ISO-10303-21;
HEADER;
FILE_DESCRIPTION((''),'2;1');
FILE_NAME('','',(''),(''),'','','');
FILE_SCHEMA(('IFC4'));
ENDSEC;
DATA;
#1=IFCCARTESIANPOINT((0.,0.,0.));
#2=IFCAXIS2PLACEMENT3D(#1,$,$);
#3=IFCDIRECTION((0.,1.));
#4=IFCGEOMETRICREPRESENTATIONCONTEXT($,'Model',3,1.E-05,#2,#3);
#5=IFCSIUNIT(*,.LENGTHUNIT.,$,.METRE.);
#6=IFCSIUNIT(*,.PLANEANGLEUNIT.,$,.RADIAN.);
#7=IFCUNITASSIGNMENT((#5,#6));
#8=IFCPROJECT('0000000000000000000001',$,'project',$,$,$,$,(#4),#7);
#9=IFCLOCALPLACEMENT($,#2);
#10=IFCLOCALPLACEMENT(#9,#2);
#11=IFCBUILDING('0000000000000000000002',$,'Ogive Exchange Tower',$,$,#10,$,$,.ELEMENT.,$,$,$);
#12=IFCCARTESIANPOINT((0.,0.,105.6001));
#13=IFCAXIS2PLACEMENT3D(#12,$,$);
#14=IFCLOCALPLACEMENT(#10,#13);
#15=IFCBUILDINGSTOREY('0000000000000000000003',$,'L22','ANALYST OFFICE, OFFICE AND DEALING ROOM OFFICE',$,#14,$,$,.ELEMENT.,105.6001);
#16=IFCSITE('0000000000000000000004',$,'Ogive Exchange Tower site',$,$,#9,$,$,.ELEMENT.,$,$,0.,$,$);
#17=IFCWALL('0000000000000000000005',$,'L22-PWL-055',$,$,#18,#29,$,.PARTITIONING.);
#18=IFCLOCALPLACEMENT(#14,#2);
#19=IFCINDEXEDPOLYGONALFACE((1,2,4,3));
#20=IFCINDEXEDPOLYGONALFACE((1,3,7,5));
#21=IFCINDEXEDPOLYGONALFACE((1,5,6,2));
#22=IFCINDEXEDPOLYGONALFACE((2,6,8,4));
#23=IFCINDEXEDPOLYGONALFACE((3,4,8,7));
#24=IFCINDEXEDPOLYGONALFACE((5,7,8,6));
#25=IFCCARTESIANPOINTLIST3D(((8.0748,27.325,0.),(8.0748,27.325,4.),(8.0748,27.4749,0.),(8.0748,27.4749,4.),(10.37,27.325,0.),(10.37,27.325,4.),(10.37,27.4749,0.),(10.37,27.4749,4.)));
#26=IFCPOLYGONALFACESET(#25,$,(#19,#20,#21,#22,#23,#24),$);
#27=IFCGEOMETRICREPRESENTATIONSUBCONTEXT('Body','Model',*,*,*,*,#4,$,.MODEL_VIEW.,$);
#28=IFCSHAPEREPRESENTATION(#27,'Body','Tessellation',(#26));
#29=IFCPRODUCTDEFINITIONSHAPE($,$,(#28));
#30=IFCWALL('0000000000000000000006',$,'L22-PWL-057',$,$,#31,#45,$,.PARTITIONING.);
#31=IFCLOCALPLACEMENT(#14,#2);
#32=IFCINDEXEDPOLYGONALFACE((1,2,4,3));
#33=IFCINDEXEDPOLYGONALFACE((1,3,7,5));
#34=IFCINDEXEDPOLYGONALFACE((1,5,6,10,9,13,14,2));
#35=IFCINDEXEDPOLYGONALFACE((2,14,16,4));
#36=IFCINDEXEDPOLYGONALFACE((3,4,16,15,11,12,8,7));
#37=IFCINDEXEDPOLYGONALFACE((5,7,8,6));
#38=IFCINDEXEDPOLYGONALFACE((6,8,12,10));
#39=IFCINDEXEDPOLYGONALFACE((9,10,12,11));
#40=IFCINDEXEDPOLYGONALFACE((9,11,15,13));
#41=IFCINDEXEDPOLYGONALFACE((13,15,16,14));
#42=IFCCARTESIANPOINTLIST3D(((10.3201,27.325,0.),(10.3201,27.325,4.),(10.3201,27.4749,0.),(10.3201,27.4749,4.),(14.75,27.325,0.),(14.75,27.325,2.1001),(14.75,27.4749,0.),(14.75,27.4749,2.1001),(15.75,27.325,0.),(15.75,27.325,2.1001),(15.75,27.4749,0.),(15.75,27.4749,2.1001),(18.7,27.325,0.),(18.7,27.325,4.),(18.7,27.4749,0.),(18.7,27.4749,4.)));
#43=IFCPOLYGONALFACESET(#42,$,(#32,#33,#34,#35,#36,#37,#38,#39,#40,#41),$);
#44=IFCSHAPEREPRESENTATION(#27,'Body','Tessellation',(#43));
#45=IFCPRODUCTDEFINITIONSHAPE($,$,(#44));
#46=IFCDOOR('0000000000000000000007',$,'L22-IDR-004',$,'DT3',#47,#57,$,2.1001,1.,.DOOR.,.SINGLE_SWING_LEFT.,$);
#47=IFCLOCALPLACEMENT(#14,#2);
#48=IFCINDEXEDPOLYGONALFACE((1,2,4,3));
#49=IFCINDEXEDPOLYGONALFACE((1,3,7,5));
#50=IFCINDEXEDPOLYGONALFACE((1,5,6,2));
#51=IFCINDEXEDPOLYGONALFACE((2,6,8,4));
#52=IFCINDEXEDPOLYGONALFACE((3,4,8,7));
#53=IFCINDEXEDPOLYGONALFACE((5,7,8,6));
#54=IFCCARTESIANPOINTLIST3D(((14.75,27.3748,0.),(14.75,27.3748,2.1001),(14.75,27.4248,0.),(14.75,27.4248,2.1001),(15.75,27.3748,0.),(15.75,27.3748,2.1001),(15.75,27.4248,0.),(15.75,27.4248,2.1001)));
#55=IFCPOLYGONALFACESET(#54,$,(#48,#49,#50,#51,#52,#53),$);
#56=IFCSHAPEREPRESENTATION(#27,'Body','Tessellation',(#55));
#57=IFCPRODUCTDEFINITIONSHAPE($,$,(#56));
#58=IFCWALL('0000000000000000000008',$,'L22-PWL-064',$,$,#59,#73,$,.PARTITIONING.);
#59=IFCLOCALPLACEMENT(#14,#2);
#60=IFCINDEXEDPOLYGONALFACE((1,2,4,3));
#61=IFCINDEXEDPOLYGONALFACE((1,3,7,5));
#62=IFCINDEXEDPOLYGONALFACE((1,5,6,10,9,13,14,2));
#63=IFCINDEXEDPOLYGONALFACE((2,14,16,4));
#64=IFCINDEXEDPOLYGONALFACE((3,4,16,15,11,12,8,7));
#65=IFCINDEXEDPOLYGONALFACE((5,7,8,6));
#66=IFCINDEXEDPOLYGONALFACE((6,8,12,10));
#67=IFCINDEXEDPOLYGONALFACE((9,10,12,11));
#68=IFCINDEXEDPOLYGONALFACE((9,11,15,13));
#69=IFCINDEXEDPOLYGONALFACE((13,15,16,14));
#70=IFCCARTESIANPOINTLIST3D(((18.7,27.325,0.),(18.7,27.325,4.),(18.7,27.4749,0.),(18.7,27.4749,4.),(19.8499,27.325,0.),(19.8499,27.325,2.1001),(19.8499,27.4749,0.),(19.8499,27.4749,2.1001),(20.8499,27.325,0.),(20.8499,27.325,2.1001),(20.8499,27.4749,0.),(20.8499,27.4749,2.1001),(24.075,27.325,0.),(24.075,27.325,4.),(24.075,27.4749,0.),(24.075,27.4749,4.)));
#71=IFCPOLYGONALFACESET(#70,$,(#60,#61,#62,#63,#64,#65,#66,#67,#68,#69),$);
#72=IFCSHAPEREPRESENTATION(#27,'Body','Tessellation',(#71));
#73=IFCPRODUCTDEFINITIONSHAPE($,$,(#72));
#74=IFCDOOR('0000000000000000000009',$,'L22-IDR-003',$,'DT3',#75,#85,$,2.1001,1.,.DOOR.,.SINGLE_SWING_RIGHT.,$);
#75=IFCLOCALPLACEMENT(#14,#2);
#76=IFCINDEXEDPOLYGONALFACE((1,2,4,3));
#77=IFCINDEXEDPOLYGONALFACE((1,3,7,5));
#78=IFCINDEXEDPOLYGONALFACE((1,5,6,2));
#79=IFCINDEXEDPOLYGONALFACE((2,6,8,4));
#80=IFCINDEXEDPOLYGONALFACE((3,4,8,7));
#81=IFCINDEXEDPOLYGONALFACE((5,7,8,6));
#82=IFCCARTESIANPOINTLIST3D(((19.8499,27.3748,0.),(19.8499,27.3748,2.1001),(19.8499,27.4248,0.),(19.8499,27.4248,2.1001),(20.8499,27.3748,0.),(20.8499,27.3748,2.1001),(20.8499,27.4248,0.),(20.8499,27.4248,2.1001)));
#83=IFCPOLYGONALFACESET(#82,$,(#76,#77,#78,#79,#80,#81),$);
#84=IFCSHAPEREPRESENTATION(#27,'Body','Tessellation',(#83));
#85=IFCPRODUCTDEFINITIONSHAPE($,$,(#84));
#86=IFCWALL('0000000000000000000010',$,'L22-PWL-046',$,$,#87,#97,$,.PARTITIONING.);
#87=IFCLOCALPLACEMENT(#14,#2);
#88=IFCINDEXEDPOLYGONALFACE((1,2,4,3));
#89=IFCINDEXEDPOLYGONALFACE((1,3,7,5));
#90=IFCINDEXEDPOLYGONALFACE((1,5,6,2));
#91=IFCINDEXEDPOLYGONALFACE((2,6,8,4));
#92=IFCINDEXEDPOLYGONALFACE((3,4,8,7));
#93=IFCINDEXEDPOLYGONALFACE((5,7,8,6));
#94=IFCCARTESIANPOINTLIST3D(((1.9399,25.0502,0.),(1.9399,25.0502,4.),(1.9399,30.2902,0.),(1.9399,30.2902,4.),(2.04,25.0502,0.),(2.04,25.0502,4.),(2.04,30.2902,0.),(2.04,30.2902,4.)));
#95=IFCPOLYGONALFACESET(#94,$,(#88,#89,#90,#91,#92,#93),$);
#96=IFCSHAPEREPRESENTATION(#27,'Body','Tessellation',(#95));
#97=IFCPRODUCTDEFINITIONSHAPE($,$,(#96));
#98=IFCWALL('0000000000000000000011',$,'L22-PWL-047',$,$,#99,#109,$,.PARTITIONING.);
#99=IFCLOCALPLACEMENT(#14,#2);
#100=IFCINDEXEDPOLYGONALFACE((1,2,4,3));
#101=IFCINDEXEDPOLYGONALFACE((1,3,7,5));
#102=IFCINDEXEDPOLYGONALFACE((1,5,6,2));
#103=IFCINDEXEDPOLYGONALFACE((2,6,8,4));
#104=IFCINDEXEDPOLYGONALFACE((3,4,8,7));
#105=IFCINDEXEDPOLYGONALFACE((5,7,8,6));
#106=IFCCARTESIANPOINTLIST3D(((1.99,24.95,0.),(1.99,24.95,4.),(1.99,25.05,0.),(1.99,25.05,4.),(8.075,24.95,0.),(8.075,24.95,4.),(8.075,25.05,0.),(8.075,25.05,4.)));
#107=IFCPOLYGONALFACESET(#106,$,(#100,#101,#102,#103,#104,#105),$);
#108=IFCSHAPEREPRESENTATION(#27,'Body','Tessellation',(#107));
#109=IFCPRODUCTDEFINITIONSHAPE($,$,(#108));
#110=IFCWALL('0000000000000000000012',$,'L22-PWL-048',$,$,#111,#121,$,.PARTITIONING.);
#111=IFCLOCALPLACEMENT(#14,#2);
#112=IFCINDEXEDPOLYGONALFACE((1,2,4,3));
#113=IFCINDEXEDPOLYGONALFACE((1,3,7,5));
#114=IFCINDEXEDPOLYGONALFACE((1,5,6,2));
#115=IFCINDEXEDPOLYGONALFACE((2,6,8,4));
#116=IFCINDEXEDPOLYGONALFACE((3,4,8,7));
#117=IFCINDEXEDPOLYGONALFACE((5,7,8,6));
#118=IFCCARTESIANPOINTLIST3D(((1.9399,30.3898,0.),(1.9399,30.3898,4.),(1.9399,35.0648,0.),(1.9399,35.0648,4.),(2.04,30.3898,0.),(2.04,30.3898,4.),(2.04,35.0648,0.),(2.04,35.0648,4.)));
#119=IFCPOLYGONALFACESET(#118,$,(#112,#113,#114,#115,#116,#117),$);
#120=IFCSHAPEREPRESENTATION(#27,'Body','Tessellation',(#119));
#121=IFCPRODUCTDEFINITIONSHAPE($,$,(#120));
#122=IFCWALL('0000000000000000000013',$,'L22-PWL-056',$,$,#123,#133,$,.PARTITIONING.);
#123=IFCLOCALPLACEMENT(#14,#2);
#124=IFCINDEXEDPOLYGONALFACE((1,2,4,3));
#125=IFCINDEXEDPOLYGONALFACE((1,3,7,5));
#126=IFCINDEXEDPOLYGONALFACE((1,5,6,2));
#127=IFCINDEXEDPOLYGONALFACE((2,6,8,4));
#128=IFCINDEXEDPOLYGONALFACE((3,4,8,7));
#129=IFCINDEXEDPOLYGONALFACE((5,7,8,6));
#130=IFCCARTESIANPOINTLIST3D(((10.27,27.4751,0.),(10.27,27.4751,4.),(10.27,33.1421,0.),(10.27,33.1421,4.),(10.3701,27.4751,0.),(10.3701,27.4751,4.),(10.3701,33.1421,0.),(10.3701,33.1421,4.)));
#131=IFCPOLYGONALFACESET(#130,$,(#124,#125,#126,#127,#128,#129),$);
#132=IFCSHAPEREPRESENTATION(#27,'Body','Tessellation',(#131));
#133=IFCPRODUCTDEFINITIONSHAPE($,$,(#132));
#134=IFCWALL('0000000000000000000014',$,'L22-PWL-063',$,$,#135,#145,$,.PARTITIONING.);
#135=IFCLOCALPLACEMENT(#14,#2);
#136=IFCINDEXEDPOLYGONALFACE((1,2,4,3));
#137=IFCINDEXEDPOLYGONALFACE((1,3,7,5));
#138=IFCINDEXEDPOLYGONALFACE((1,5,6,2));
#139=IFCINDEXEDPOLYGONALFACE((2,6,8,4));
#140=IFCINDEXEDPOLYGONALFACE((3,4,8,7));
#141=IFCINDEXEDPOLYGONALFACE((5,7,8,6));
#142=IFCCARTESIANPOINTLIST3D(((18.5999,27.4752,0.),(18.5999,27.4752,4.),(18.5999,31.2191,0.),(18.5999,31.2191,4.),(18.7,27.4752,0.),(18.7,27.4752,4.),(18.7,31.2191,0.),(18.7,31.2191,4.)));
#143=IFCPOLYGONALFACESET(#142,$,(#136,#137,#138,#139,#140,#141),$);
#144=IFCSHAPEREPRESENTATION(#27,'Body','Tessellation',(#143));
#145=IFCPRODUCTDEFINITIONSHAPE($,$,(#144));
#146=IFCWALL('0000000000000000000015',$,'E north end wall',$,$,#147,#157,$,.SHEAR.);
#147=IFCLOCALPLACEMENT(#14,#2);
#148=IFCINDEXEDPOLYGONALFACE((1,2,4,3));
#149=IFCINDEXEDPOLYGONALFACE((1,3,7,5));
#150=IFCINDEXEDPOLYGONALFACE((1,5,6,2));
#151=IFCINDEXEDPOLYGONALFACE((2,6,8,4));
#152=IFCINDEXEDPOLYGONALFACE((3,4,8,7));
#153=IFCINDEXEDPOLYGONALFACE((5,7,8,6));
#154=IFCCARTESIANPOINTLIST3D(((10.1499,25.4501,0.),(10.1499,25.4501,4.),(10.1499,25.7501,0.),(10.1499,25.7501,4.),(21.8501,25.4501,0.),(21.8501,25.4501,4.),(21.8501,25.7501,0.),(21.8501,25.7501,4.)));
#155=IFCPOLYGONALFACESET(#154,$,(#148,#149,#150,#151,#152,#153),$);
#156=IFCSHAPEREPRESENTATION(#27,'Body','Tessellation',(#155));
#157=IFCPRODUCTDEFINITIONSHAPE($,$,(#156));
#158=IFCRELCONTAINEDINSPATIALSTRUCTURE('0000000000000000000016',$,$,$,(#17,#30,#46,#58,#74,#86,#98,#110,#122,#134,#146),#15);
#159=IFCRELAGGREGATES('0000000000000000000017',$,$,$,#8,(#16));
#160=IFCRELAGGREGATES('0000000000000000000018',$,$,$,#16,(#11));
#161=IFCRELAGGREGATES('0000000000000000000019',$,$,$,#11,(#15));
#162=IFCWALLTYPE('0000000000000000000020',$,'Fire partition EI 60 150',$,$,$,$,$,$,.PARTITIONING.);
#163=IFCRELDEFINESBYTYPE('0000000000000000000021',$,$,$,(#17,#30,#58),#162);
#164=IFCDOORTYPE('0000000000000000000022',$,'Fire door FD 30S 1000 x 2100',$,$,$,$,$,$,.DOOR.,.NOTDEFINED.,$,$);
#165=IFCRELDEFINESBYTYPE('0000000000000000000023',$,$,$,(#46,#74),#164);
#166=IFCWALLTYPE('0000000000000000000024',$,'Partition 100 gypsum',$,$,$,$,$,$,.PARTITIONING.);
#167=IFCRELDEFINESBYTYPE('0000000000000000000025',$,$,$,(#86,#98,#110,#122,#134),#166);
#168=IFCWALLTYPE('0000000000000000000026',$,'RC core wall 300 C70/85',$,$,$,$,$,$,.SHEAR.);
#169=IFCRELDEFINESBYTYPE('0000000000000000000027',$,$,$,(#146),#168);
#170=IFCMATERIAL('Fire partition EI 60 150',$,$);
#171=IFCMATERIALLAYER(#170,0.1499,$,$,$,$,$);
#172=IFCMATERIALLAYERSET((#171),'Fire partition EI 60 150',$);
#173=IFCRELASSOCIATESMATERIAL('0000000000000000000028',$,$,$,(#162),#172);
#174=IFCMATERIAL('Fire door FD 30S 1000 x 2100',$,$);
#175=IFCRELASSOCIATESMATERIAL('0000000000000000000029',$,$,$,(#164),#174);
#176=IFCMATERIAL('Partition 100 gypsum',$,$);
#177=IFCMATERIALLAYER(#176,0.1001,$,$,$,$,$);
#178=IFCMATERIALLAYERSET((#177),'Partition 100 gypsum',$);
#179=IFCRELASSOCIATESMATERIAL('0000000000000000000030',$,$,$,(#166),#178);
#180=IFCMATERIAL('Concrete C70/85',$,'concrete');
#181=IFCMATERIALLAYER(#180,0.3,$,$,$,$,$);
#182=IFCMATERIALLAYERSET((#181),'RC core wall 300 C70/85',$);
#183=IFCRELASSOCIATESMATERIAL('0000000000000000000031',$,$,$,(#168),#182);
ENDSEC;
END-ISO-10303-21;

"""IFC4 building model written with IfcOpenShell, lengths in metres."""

from ifc_helpers import new_model, si_unit, direction, frame, frame_2d, origin, place, context, subcontext, project, spatial, rectangle, extrude, material, layer, layer_set, type_object, element, fill, save


model = new_model("IFC4")

# Units and contexts
model_context = context("Model", 3, precision=1e-05, world=origin(), true_north=direction((0.0, 1.0)))
body_context = subcontext(model_context, "Body", "Model", "MODEL_VIEW")
ifc_project = project(units=[si_unit("LENGTHUNIT", "METRE"), si_unit("PLANEANGLEUNIT", "RADIAN")], contexts=[model_context])

# Site, building, storey
site_placement = place(None, origin())
site = spatial("IfcSite", under=ifc_project, at=site_placement, Name="Ogive Exchange Tower site", CompositionType="ELEMENT", RefElevation=0.0)
building_placement = place(site_placement, origin())
building = spatial("IfcBuilding", under=site, at=building_placement, Name="Ogive Exchange Tower", CompositionType="ELEMENT")
storey_placement = place(building_placement, frame((0.0, 0.0, 105.6001)))
storey = spatial("IfcBuildingStorey", under=building, at=storey_placement, Name="L22", Description="ANALYST OFFICE, OFFICE AND DEALING ROOM OFFICE", CompositionType="ELEMENT", Elevation=105.6001)

# Shared definitions
ifc_material_1 = material(Name="Fire partition EI 60 150")
ifc_layer_1 = layer(ifc_material_1, 0.1499)
ifc_layer_set_1 = layer_set([ifc_layer_1], Name="Fire partition EI 60 150")
wall_type_1 = type_object("IfcWallType", Name="Fire partition EI 60 150", PredefinedType="PARTITIONING", material=ifc_layer_set_1)
ifc_material_2 = material(Name="Fire door FD 30S 1000 x 2100")
door_type = type_object("IfcDoorType", Name="Fire door FD 30S 1000 x 2100", OperationType="NOTDEFINED", PredefinedType="DOOR", material=ifc_material_2)

# Wall
wall_1_placement = place(storey_placement, frame((8.075, 27.3999, 0.0), z_axis=(0.0, 0.0, 1.0), x_axis=(1.0, 0.0, 0.0)))
element("IfcWall", 1, at=wall_1_placement, inside=storey, type_object=wall_type_1, Name="L22-PWL-055", PredefinedType="PARTITIONING", context=body_context, shape_type="SweptSolid", body=[
    extrude(rectangle(XDim=2.2952, YDim=0.1499, at=frame_2d((1.1475, 0.0))), origin(), (0.0, 0.0, 1.0), 4.0),
])

# Walls, openings, doors
wall_2_placement = place(storey_placement, frame((10.3201, 27.3999, 0.0), z_axis=(0.0, 0.0, 1.0), x_axis=(1.0, 0.0, 0.0)))
wall_2 = element("IfcWall", 2, at=wall_2_placement, inside=storey, type_object=wall_type_1, Name="L22-PWL-057", PredefinedType="PARTITIONING", context=body_context, shape_type="SweptSolid", body=[
    extrude(rectangle(XDim=8.3799, YDim=0.1499, at=frame_2d((4.1899, 0.0))), origin(), (0.0, 0.0, 1.0), 4.0),
])
opening_1_placement = place(wall_2_placement, frame((4.4299, 0.0, 0.0)))
opening_1 = element("IfcOpeningElement", 3, at=opening_1_placement, cuts=wall_2, PredefinedType="OPENING", context=body_context, shape_type="SweptSolid", body=[
    extrude(rectangle(XDim=1.0, YDim=2.1001, at=frame_2d((0.5, 1.05))), frame((0.0, 0.085, 0.0), z_axis=(0.0, -1.0, 0.0), x_axis=(1.0, 0.0, 0.0)), (0.0, 0.0, 1.0), 0.1699),
])
door_1_placement = place(opening_1_placement, origin())
door_1 = element("IfcDoor", 4, at=door_1_placement, inside=storey, type_object=door_type, Name="L22-IDR-004", ObjectType="DT3", OperationType="SINGLE_SWING_LEFT", OverallHeight=2.1001, OverallWidth=1.0, PredefinedType="DOOR", context=body_context, shape_type="SweptSolid", body=[
    extrude(rectangle(XDim=1.0, YDim=2.1001, at=frame_2d((0.5, 1.05))), frame((0.0, 0.0249, 0.0), z_axis=(0.0, -1.0, 0.0), x_axis=(1.0, 0.0, 0.0)), (0.0, 0.0, 1.0), 0.05),
])
fill(opening_1, door_1)
wall_3_placement = place(storey_placement, frame((18.7, 27.3999, 0.0), z_axis=(0.0, 0.0, 1.0), x_axis=(1.0, 0.0, 0.0)))
wall_3 = element("IfcWall", 5, at=wall_3_placement, inside=storey, type_object=wall_type_1, Name="L22-PWL-064", PredefinedType="PARTITIONING", context=body_context, shape_type="SweptSolid", body=[
    extrude(rectangle(XDim=5.375, YDim=0.1499, at=frame_2d((2.6875, 0.0))), origin(), (0.0, 0.0, 1.0), 4.0),
])
opening_2_placement = place(wall_3_placement, frame((1.1499, 0.0, 0.0)))
opening_2 = element("IfcOpeningElement", 6, at=opening_2_placement, cuts=wall_3, PredefinedType="OPENING", context=body_context, shape_type="SweptSolid", body=[
    extrude(rectangle(XDim=1.0, YDim=2.1001, at=frame_2d((0.5, 1.05))), frame((0.0, 0.085, 0.0), z_axis=(0.0, -1.0, 0.0), x_axis=(1.0, 0.0, 0.0)), (0.0, 0.0, 1.0), 0.1699),
])
door_2_placement = place(opening_2_placement, origin())
door_2 = element("IfcDoor", 7, at=door_2_placement, inside=storey, type_object=door_type, Name="L22-IDR-003", ObjectType="DT3", OperationType="SINGLE_SWING_RIGHT", OverallHeight=2.1001, OverallWidth=1.0, PredefinedType="DOOR", context=body_context, shape_type="SweptSolid", body=[
    extrude(rectangle(XDim=1.0, YDim=2.1001, at=frame_2d((0.5, 1.05))), frame((0.0, 0.0249, 0.0), z_axis=(0.0, -1.0, 0.0), x_axis=(1.0, 0.0, 0.0)), (0.0, 0.0, 1.0), 0.05),
])
fill(opening_2, door_2)

# Walls
ifc_material_3 = material(Name="Partition 100 gypsum")
ifc_layer_2 = layer(ifc_material_3, 0.1001)
ifc_layer_set_2 = layer_set([ifc_layer_2], Name="Partition 100 gypsum")
wall_type_2 = type_object("IfcWallType", Name="Partition 100 gypsum", PredefinedType="PARTITIONING", material=ifc_layer_set_2)
wall_4_placement = place(storey_placement, frame((1.99, 25.05, 0.0), z_axis=(0.0, 0.0, 1.0), x_axis=(0.0, 1.0, 0.0)))
element("IfcWall", 8, at=wall_4_placement, inside=storey, type_object=wall_type_2, Name="L22-PWL-046", PredefinedType="PARTITIONING", context=body_context, shape_type="SweptSolid", body=[
    extrude(rectangle(XDim=5.24, YDim=0.1001, at=frame_2d((2.6201, 0.0))), origin(), (0.0, 0.0, 1.0), 4.0),
])
wall_5_placement = place(storey_placement, frame((1.99, 25.0, 0.0), z_axis=(0.0, 0.0, 1.0), x_axis=(1.0, 0.0, 0.0)))
element("IfcWall", 9, at=wall_5_placement, inside=storey, type_object=wall_type_2, Name="L22-PWL-047", PredefinedType="PARTITIONING", context=body_context, shape_type="SweptSolid", body=[
    extrude(rectangle(XDim=6.085, YDim=0.1001, at=frame_2d((3.0425, 0.0))), origin(), (0.0, 0.0, 1.0), 4.0),
])
wall_6_placement = place(storey_placement, frame((1.99, 30.3899, 0.0), z_axis=(0.0, 0.0, 1.0), x_axis=(0.0, 1.0, 0.0)))
element("IfcWall", 10, at=wall_6_placement, inside=storey, type_object=wall_type_2, Name="L22-PWL-048", PredefinedType="PARTITIONING", context=body_context, shape_type="SweptSolid", body=[
    extrude(rectangle(XDim=4.675, YDim=0.1001, at=frame_2d((2.3374, 0.0))), origin(), (0.0, 0.0, 1.0), 4.0),
])
wall_7_placement = place(storey_placement, frame((10.3201, 27.4751, 0.0), z_axis=(0.0, 0.0, 1.0), x_axis=(0.0, 1.0, 0.0)))
element("IfcWall", 11, at=wall_7_placement, inside=storey, type_object=wall_type_2, Name="L22-PWL-056", PredefinedType="PARTITIONING", context=body_context, shape_type="SweptSolid", body=[
    extrude(rectangle(XDim=5.667, YDim=0.1001, at=frame_2d((2.8335, 0.0))), origin(), (0.0, 0.0, 1.0), 4.0),
])
wall_8_placement = place(storey_placement, frame((18.6499, 27.4751, 0.0), z_axis=(0.0, 0.0, 1.0), x_axis=(0.0, 1.0, 0.0)))
element("IfcWall", 12, at=wall_8_placement, inside=storey, type_object=wall_type_2, Name="L22-PWL-063", PredefinedType="PARTITIONING", context=body_context, shape_type="SweptSolid", body=[
    extrude(rectangle(XDim=3.7439, YDim=0.1001, at=frame_2d((1.8721, 0.0))), origin(), (0.0, 0.0, 1.0), 4.0),
])
ifc_material_4 = material(Name="Concrete C70/85", Category="concrete")
ifc_layer_3 = layer(ifc_material_4, 0.3)
ifc_layer_set_3 = layer_set([ifc_layer_3], Name="RC core wall 300 C70/85")
wall_type_3 = type_object("IfcWallType", Name="RC core wall 300 C70/85", PredefinedType="SHEAR", material=ifc_layer_set_3)
wall_9_placement = place(storey_placement, frame((10.1499, 25.6001, 0.0), z_axis=(0.0, 0.0, 1.0), x_axis=(1.0, 0.0, 0.0)))
element("IfcWall", 13, at=wall_9_placement, inside=storey, type_object=wall_type_3, Name="E north end wall", PredefinedType="SHEAR", context=body_context, shape_type="SweptSolid", body=[
    extrude(rectangle(XDim=11.7002, YDim=0.3, at=frame_2d((5.8501, 0.0))), origin(), (0.0, 0.0, 1.0), 4.0),
])

save(model, "model.ifc")
